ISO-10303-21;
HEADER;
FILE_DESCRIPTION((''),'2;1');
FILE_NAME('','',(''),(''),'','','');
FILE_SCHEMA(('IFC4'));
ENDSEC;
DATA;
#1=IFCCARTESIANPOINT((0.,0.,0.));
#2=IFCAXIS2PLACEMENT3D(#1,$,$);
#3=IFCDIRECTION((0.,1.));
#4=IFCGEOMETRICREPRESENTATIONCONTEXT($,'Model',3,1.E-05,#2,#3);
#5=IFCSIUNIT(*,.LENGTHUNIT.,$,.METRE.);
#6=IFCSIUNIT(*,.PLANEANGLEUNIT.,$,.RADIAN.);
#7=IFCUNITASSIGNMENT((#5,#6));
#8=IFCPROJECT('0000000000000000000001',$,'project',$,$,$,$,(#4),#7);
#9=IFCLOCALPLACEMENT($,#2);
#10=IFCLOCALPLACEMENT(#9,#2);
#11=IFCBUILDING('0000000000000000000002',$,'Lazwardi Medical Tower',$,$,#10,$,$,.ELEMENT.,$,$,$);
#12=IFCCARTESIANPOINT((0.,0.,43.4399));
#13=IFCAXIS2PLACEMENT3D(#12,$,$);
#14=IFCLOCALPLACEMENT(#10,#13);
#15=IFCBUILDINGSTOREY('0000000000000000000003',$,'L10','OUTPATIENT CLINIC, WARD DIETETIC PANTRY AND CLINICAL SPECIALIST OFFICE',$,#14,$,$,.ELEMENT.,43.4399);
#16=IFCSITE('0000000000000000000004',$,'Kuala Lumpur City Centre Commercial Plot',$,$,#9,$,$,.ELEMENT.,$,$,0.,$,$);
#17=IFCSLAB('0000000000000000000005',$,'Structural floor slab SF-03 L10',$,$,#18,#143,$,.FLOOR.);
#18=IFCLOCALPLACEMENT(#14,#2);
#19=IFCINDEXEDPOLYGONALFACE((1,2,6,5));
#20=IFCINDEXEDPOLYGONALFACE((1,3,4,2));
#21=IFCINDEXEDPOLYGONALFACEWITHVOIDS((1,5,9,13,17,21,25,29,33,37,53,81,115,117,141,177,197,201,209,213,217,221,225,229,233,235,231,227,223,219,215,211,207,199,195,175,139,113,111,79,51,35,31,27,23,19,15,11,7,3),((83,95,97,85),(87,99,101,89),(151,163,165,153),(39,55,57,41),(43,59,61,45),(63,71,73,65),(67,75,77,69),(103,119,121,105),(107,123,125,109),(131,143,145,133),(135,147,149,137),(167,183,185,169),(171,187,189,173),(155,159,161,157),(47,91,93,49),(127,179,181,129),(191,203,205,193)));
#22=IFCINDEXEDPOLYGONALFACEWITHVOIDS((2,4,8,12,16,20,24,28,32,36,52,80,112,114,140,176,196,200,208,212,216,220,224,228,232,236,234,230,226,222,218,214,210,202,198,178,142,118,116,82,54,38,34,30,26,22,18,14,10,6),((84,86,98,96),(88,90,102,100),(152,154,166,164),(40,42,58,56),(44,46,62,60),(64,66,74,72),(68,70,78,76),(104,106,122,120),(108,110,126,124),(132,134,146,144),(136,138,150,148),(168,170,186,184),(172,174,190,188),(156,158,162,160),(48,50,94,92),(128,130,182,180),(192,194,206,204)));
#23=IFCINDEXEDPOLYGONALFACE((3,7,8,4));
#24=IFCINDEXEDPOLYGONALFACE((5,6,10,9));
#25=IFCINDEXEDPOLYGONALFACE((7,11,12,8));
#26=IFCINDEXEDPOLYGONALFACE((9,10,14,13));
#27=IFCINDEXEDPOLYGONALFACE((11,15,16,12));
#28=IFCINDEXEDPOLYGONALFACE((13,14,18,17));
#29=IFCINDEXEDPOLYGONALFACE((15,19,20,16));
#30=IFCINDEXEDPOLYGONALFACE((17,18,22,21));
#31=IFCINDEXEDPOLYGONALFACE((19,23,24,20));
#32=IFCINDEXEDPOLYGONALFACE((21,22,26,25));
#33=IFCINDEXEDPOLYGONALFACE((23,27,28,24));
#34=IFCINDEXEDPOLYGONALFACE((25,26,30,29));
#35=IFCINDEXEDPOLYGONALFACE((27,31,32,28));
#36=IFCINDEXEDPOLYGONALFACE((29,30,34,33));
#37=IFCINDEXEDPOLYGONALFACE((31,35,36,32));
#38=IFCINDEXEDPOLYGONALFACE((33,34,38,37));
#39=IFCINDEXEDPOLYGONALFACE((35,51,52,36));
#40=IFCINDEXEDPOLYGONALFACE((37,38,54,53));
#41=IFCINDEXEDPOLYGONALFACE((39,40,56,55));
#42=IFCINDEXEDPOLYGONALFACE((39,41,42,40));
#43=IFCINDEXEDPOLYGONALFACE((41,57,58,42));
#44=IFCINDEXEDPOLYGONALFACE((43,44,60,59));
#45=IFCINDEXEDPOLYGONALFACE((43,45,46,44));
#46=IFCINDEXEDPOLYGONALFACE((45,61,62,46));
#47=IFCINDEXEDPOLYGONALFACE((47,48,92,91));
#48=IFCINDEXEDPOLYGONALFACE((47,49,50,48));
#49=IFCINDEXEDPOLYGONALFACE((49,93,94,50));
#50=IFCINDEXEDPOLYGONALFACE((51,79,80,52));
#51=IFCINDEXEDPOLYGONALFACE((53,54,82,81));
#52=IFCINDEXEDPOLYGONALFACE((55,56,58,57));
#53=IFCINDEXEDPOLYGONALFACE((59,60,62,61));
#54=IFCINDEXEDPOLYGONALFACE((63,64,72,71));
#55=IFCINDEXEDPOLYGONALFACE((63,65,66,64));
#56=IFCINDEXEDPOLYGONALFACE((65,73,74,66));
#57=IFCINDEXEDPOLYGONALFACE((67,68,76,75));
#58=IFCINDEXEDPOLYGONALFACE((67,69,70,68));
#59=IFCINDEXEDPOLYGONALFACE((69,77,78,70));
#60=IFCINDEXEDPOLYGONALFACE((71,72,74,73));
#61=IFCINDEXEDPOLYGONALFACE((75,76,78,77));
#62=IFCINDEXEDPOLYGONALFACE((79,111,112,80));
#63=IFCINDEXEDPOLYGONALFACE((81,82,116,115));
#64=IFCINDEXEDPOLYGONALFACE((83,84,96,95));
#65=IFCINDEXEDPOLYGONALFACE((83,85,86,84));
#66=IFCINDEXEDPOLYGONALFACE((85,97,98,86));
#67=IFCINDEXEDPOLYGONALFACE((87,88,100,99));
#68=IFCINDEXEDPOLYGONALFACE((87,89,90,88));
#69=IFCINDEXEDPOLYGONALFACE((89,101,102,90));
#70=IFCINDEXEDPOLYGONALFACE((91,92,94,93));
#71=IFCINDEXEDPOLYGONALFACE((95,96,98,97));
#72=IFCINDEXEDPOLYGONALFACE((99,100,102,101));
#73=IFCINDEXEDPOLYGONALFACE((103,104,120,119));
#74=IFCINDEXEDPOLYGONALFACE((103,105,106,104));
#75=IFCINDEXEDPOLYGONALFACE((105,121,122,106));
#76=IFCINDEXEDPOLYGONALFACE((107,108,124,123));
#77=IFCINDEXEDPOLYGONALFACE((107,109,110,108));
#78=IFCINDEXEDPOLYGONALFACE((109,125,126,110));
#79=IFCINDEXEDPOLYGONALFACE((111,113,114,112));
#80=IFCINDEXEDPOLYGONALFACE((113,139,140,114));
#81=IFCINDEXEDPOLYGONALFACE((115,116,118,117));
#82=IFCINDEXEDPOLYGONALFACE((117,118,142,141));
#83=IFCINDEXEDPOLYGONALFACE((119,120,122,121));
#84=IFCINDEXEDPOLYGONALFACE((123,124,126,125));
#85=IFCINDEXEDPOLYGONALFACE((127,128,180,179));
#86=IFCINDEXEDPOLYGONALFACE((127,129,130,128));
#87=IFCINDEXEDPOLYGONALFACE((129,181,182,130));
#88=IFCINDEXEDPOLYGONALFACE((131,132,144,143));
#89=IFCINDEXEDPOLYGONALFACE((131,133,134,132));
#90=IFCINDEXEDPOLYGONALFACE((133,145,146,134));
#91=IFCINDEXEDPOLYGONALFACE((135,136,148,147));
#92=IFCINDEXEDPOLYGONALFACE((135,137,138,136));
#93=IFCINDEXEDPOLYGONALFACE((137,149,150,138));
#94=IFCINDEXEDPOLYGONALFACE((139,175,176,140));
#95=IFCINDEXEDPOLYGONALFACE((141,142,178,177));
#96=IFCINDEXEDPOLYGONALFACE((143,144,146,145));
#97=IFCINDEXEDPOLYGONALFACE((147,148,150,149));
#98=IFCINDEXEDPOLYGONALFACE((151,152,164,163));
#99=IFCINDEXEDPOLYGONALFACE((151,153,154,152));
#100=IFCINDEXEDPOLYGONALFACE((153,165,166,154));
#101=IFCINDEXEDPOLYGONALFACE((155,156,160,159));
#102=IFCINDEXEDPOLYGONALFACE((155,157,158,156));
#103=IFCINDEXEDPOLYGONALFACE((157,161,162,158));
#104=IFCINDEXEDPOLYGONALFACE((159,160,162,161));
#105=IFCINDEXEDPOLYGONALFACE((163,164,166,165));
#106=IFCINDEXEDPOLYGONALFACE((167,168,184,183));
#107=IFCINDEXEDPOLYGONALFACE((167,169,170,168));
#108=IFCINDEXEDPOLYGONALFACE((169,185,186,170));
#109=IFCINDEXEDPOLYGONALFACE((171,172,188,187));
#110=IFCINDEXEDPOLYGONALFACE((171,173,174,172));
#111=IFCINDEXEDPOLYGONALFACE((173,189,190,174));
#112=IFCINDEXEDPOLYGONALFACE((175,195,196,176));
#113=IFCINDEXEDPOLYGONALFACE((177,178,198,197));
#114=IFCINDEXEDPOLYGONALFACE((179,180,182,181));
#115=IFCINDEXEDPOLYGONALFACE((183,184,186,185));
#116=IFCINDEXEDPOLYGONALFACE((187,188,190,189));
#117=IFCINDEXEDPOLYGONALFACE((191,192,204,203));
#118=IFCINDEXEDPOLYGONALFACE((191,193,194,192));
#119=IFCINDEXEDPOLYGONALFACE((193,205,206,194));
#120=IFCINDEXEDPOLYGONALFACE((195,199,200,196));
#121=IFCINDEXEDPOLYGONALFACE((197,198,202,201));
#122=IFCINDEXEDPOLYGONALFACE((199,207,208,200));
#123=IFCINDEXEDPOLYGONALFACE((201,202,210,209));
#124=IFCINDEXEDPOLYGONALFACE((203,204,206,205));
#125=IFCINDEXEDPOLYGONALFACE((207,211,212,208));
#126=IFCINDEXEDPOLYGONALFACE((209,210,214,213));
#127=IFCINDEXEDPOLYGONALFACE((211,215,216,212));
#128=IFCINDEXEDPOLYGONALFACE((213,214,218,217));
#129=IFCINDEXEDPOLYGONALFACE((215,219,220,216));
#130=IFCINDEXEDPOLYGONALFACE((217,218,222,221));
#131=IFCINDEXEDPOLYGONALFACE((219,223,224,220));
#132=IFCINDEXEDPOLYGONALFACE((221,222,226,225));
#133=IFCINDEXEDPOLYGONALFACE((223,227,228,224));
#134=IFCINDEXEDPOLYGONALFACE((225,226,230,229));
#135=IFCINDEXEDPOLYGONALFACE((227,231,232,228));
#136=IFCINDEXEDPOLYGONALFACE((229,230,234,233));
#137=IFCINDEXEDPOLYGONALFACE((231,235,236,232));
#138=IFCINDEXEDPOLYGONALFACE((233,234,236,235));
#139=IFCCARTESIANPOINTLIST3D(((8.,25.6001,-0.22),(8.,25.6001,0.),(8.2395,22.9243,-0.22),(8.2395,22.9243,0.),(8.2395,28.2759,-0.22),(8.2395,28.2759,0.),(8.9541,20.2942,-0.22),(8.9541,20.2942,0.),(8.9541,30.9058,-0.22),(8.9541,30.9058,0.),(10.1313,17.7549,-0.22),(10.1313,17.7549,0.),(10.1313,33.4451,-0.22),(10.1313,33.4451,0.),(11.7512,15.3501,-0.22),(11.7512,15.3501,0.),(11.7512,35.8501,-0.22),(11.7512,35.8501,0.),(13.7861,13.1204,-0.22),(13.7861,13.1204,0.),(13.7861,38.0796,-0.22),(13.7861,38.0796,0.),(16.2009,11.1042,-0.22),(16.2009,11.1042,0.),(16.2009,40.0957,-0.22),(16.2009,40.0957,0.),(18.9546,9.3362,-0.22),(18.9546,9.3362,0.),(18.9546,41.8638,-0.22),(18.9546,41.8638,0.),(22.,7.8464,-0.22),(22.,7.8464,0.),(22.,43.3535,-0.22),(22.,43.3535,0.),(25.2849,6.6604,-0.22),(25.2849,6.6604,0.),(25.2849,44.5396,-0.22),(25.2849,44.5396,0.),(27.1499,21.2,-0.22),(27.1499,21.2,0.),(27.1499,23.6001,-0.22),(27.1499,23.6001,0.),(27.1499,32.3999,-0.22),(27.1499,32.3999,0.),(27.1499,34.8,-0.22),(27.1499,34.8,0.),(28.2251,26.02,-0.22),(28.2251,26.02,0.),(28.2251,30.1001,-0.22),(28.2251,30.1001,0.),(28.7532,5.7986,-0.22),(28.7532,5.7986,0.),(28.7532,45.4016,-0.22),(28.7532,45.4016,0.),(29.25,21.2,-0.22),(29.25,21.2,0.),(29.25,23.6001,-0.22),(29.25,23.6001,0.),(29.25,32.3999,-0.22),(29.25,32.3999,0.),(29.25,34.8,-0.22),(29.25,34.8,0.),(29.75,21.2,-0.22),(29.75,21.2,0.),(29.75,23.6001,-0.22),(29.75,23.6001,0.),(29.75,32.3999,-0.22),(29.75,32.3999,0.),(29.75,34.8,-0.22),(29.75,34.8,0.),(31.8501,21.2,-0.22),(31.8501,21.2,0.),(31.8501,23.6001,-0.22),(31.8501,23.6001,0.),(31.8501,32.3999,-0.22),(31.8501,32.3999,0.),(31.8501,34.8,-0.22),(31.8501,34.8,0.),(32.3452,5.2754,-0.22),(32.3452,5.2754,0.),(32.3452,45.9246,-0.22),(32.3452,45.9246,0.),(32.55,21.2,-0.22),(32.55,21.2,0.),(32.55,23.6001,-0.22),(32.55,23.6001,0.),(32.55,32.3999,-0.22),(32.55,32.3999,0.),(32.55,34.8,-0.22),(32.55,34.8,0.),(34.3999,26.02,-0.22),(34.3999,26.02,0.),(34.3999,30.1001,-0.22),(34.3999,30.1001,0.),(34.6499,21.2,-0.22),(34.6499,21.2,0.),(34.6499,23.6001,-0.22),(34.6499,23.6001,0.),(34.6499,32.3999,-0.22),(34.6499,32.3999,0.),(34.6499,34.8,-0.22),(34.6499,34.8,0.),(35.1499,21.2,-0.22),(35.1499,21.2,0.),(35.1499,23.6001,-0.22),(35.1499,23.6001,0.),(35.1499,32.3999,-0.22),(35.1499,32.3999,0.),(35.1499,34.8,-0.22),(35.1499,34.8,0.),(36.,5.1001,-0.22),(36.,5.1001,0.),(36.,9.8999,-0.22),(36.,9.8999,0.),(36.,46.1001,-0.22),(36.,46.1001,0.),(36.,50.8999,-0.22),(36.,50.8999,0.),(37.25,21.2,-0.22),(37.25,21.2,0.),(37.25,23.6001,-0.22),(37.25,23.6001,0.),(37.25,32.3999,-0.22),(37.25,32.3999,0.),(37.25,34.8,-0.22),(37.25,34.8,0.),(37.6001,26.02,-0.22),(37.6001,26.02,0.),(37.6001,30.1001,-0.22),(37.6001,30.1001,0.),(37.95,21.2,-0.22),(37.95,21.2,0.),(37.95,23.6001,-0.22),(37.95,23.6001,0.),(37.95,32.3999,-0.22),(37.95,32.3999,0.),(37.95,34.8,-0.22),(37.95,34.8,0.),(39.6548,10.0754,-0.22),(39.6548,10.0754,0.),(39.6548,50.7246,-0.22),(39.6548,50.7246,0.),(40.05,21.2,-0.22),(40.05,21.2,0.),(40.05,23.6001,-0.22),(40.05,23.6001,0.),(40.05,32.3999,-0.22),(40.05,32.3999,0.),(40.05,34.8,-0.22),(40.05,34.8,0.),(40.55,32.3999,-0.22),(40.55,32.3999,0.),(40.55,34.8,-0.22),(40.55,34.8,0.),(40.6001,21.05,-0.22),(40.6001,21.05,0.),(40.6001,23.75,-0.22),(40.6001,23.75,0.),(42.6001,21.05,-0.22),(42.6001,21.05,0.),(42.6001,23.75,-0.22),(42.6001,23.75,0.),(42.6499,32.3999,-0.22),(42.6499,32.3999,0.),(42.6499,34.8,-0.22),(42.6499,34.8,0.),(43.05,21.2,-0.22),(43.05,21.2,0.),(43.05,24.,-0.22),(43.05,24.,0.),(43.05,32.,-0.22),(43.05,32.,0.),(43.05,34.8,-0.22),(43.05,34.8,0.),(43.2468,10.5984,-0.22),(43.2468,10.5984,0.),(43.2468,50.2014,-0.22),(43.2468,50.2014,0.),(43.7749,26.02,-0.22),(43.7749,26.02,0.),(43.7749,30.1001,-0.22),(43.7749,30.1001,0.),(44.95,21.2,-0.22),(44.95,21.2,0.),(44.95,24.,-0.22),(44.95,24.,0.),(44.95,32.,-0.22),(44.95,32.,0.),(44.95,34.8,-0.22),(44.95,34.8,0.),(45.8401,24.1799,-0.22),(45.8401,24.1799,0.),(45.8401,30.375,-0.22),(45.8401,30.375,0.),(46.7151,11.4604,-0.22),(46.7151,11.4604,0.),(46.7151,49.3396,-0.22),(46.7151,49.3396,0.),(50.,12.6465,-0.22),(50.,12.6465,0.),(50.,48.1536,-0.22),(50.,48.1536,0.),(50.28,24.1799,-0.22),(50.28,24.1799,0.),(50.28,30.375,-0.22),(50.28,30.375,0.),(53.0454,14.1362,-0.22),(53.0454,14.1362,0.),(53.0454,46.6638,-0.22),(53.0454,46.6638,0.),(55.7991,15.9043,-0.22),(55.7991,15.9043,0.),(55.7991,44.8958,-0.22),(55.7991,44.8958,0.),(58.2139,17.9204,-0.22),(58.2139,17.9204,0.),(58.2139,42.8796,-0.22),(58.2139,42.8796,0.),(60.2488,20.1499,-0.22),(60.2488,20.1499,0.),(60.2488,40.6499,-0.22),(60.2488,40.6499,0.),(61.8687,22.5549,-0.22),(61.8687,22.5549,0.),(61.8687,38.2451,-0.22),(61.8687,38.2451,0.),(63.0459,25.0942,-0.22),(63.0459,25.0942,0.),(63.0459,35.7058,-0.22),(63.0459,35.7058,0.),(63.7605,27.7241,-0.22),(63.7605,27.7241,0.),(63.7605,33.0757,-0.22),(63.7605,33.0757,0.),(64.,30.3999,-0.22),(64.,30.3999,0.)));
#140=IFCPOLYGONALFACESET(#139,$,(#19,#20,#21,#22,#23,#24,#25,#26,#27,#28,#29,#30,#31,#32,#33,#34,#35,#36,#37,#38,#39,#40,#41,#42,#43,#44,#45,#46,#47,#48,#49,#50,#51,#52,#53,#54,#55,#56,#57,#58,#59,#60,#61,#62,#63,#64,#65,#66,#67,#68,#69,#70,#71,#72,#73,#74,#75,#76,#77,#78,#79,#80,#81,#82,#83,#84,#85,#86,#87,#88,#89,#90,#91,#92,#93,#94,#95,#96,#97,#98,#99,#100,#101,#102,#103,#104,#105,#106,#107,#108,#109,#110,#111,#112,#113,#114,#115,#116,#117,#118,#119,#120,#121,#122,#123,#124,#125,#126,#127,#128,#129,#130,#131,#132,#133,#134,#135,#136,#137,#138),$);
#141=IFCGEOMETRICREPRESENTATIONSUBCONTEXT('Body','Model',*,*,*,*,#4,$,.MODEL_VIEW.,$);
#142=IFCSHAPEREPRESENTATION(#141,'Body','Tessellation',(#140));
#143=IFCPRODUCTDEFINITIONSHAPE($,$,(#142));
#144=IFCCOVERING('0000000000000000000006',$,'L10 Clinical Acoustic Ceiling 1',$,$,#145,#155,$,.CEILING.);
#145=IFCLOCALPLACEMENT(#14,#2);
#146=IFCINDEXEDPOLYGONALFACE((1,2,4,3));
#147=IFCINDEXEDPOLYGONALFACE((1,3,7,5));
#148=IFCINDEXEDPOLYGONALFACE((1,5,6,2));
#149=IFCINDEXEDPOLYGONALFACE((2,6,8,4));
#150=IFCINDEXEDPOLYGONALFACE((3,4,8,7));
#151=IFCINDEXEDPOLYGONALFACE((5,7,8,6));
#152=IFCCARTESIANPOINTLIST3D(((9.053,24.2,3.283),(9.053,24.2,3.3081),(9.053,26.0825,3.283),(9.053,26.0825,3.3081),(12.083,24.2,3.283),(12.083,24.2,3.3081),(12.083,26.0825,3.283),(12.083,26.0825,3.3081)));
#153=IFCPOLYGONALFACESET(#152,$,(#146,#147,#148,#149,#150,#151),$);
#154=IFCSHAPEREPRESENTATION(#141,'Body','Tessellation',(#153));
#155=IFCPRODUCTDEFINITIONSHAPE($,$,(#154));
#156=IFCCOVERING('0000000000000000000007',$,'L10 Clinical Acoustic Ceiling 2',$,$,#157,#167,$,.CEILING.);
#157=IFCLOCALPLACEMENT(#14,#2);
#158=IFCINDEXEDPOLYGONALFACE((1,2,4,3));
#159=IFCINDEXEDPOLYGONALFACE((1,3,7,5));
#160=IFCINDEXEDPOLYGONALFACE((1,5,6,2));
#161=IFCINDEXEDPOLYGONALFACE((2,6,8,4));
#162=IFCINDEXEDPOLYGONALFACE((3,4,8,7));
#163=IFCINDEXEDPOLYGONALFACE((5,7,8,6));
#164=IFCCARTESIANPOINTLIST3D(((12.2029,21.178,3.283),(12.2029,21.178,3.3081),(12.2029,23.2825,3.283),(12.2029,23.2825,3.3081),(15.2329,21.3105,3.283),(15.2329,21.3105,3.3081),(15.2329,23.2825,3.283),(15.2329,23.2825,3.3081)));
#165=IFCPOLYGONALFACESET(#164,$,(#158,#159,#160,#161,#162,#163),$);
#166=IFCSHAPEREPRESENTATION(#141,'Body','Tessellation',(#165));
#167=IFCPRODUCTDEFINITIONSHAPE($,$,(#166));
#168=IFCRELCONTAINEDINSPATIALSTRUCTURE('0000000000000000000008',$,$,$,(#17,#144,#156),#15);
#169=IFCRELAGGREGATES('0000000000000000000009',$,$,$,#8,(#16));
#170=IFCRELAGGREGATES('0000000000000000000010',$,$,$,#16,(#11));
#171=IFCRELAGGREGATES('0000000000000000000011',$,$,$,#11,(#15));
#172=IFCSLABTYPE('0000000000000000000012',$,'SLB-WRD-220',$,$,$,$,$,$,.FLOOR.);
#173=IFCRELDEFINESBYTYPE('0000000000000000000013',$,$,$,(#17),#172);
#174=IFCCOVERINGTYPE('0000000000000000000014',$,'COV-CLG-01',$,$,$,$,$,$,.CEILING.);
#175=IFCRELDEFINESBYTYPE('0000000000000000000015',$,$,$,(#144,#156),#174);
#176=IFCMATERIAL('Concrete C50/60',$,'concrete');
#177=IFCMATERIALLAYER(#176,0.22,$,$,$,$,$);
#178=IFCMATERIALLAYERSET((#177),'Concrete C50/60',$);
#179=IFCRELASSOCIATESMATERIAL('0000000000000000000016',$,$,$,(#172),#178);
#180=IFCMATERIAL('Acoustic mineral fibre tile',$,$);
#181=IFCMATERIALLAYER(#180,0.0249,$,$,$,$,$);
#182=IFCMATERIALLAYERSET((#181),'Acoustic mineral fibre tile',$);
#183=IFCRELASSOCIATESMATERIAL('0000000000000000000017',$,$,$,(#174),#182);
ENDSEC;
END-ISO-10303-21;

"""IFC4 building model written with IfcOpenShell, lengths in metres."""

from ifc_helpers import new_model, si_unit, direction, frame, origin, place, context, subcontext, project, spatial, polyline, outline, extrude, material, layer, layer_set, type_object, element, save


model = new_model("IFC4")

# Units and contexts
model_context = context("Model", 3, precision=1e-05, world=origin(), true_north=direction((0.0, 1.0)))
body_context = subcontext(model_context, "Body", "Model", "MODEL_VIEW")
ifc_project = project(units=[si_unit("LENGTHUNIT", "METRE"), si_unit("PLANEANGLEUNIT", "RADIAN")], contexts=[model_context])

# Site, building, storey
site_placement = place(None, origin())
site = spatial("IfcSite", under=ifc_project, at=site_placement, Name="Kuala Lumpur City Centre Commercial Plot", CompositionType="ELEMENT", RefElevation=0.0)
building_placement = place(site_placement, origin())
building = spatial("IfcBuilding", under=site, at=building_placement, Name="Lazwardi Medical Tower", CompositionType="ELEMENT")
storey_placement = place(building_placement, frame((0.0, 0.0, 43.4399)))
storey = spatial("IfcBuildingStorey", under=building, at=storey_placement, Name="L10", Description="OUTPATIENT CLINIC, WARD DIETETIC PANTRY AND CLINICAL SPECIALIST OFFICE", CompositionType="ELEMENT", Elevation=43.4399)

# Slab
ifc_material_1 = material(Name="Concrete C50/60", Category="concrete")
ifc_layer_1 = layer(ifc_material_1, 0.22)
ifc_layer_set_1 = layer_set([ifc_layer_1], Name="Concrete C50/60")
slab_type_1 = type_object("IfcSlabType", Name="SLB-WRD-220", PredefinedType="FLOOR", material=ifc_layer_set_1)
slab_1_placement = place(storey_placement, frame((0.0, 0.0, -0.22)))
element("IfcSlab", 1, at=slab_1_placement, inside=storey, type_object=slab_type_1, Name="Structural floor slab SF-03 L10", PredefinedType="FLOOR", context=body_context, shape_type="SweptSolid", body=[
    extrude(outline(polyline([(10.1313, 33.4451), (8.9541, 30.9058), (8.2395, 28.2759), (8.0, 25.6001), (8.2395, 22.9243), (8.9541, 20.2942), (10.1313, 17.7549), (11.7512, 15.3501), (13.7861, 13.1204), (16.2009, 11.1042), (18.9546, 9.3362), (22.0, 7.8464), (25.2849, 6.6604), (28.7532, 5.7986), (32.3452, 5.2754), (36.0, 5.1001), (36.0, 9.8999), (39.6548, 10.0754), (43.2468, 10.5984), (46.7151, 11.4604), (50.0, 12.6465), (53.0454, 14.1362), (55.7991, 15.9043), (58.2139, 17.9204), (60.2488, 20.1499), (61.8687, 22.5549), (63.0459, 25.0942), (63.7605, 27.7241), (64.0, 30.3999), (63.7605, 33.0757), (63.0459, 35.7058), (61.8687, 38.2451), (60.2488, 40.6499), (58.2139, 42.8796), (55.7991, 44.8958), (53.0454, 46.6638), (50.0, 48.1536), (46.7151, 49.3396), (43.2468, 50.2014), (39.6548, 50.7246), (36.0, 50.8999), (36.0, 46.1001), (32.3452, 45.9246), (28.7532, 45.4016), (25.2849, 44.5396), (22.0, 43.3535), (18.9546, 41.8638), (16.2009, 40.0957), (13.7861, 38.0796), (11.7512, 35.8501), (10.1313, 33.4451)]), holes=[polyline([(28.2251, 26.02), (28.2251, 30.1001), (34.3999, 30.1001), (34.3999, 26.02), (28.2251, 26.02)]), polyline([(37.6001, 30.1001), (43.7749, 30.1001), (43.7749, 26.02), (37.6001, 26.02), (37.6001, 30.1001)]), polyline([(50.28, 30.375), (50.28, 24.1799), (45.8401, 24.1799), (45.8401, 30.375), (50.28, 30.375)]), polyline([(29.25, 32.3999), (27.1499, 32.3999), (27.1499, 34.8), (29.25, 34.8), (29.25, 32.3999)]), polyline([(29.75, 32.3999), (29.75, 34.8), (31.8501, 34.8), (31.8501, 32.3999), (29.75, 32.3999)]), polyline([(27.1499, 23.6001), (29.25, 23.6001), (29.25, 21.2), (27.1499, 21.2), (27.1499, 23.6001)]), polyline([(31.8501, 23.6001), (31.8501, 21.2), (29.75, 21.2), (29.75, 23.6001), (31.8501, 23.6001)]), polyline([(34.6499, 32.3999), (32.55, 32.3999), (32.55, 34.8), (34.6499, 34.8), (34.6499, 32.3999)]), polyline([(35.1499, 32.3999), (35.1499, 34.8), (37.25, 34.8), (37.25, 32.3999), (35.1499, 32.3999)]), polyline([(32.55, 23.6001), (34.6499, 23.6001), (34.6499, 21.2), (32.55, 21.2), (32.55, 23.6001)]), polyline([(37.25, 23.6001), (37.25, 21.2), (35.1499, 21.2), (35.1499, 23.6001), (37.25, 23.6001)]), polyline([(40.05, 32.3999), (37.95, 32.3999), (37.95, 34.8), (40.05, 34.8), (40.05, 32.3999)]), polyline([(40.55, 32.3999), (40.55, 34.8), (42.6499, 34.8), (42.6499, 32.3999), (40.55, 32.3999)]), polyline([(37.95, 23.6001), (40.05, 23.6001), (40.05, 21.2), (37.95, 21.2), (37.95, 23.6001)]), polyline([(44.95, 34.8), (44.95, 32.0), (43.05, 32.0), (43.05, 34.8), (44.95, 34.8)]), polyline([(44.95, 21.2), (43.05, 21.2), (43.05, 24.0), (44.95, 24.0), (44.95, 21.2)]), polyline([(40.6001, 21.05), (40.6001, 23.75), (42.6001, 23.75), (42.6001, 21.05), (40.6001, 21.05)])]), origin(), (0.0, 0.0, 1.0), 0.22),
])

# Coverings
ifc_material_2 = material(Name="Acoustic mineral fibre tile")
ifc_layer_2 = layer(ifc_material_2, 0.0249)
ifc_layer_set_2 = layer_set([ifc_layer_2], Name="Acoustic mineral fibre tile")
covering_type_1 = type_object("IfcCoveringType", Name="COV-CLG-01", PredefinedType="CEILING", material=ifc_layer_set_2)
covering_1_placement = place(storey_placement, frame((0.0, 0.0, 3.283)))
element("IfcCovering", 2, at=covering_1_placement, inside=storey, type_object=covering_type_1, Name="L10 Clinical Acoustic Ceiling 1", PredefinedType="CEILING", context=body_context, shape_type="SweptSolid", body=[
    extrude(outline(polyline([(9.053, 24.2), (12.083, 24.2), (12.083, 26.0825), (9.053, 26.0825), (9.053, 24.2)])), origin(), (0.0, 0.0, 1.0), 0.0251),
])
covering_2_placement = place(storey_placement, frame((0.0, 0.0, 3.283)))
element("IfcCovering", 3, at=covering_2_placement, inside=storey, type_object=covering_type_1, Name="L10 Clinical Acoustic Ceiling 2", PredefinedType="CEILING", context=body_context, shape_type="SweptSolid", body=[
    extrude(outline(polyline([(12.2029, 21.178), (15.2329, 21.3105), (15.2329, 23.2825), (12.2029, 23.2825), (12.2029, 21.178)])), origin(), (0.0, 0.0, 1.0), 0.0251),
])

save(model, "model.ifc")
